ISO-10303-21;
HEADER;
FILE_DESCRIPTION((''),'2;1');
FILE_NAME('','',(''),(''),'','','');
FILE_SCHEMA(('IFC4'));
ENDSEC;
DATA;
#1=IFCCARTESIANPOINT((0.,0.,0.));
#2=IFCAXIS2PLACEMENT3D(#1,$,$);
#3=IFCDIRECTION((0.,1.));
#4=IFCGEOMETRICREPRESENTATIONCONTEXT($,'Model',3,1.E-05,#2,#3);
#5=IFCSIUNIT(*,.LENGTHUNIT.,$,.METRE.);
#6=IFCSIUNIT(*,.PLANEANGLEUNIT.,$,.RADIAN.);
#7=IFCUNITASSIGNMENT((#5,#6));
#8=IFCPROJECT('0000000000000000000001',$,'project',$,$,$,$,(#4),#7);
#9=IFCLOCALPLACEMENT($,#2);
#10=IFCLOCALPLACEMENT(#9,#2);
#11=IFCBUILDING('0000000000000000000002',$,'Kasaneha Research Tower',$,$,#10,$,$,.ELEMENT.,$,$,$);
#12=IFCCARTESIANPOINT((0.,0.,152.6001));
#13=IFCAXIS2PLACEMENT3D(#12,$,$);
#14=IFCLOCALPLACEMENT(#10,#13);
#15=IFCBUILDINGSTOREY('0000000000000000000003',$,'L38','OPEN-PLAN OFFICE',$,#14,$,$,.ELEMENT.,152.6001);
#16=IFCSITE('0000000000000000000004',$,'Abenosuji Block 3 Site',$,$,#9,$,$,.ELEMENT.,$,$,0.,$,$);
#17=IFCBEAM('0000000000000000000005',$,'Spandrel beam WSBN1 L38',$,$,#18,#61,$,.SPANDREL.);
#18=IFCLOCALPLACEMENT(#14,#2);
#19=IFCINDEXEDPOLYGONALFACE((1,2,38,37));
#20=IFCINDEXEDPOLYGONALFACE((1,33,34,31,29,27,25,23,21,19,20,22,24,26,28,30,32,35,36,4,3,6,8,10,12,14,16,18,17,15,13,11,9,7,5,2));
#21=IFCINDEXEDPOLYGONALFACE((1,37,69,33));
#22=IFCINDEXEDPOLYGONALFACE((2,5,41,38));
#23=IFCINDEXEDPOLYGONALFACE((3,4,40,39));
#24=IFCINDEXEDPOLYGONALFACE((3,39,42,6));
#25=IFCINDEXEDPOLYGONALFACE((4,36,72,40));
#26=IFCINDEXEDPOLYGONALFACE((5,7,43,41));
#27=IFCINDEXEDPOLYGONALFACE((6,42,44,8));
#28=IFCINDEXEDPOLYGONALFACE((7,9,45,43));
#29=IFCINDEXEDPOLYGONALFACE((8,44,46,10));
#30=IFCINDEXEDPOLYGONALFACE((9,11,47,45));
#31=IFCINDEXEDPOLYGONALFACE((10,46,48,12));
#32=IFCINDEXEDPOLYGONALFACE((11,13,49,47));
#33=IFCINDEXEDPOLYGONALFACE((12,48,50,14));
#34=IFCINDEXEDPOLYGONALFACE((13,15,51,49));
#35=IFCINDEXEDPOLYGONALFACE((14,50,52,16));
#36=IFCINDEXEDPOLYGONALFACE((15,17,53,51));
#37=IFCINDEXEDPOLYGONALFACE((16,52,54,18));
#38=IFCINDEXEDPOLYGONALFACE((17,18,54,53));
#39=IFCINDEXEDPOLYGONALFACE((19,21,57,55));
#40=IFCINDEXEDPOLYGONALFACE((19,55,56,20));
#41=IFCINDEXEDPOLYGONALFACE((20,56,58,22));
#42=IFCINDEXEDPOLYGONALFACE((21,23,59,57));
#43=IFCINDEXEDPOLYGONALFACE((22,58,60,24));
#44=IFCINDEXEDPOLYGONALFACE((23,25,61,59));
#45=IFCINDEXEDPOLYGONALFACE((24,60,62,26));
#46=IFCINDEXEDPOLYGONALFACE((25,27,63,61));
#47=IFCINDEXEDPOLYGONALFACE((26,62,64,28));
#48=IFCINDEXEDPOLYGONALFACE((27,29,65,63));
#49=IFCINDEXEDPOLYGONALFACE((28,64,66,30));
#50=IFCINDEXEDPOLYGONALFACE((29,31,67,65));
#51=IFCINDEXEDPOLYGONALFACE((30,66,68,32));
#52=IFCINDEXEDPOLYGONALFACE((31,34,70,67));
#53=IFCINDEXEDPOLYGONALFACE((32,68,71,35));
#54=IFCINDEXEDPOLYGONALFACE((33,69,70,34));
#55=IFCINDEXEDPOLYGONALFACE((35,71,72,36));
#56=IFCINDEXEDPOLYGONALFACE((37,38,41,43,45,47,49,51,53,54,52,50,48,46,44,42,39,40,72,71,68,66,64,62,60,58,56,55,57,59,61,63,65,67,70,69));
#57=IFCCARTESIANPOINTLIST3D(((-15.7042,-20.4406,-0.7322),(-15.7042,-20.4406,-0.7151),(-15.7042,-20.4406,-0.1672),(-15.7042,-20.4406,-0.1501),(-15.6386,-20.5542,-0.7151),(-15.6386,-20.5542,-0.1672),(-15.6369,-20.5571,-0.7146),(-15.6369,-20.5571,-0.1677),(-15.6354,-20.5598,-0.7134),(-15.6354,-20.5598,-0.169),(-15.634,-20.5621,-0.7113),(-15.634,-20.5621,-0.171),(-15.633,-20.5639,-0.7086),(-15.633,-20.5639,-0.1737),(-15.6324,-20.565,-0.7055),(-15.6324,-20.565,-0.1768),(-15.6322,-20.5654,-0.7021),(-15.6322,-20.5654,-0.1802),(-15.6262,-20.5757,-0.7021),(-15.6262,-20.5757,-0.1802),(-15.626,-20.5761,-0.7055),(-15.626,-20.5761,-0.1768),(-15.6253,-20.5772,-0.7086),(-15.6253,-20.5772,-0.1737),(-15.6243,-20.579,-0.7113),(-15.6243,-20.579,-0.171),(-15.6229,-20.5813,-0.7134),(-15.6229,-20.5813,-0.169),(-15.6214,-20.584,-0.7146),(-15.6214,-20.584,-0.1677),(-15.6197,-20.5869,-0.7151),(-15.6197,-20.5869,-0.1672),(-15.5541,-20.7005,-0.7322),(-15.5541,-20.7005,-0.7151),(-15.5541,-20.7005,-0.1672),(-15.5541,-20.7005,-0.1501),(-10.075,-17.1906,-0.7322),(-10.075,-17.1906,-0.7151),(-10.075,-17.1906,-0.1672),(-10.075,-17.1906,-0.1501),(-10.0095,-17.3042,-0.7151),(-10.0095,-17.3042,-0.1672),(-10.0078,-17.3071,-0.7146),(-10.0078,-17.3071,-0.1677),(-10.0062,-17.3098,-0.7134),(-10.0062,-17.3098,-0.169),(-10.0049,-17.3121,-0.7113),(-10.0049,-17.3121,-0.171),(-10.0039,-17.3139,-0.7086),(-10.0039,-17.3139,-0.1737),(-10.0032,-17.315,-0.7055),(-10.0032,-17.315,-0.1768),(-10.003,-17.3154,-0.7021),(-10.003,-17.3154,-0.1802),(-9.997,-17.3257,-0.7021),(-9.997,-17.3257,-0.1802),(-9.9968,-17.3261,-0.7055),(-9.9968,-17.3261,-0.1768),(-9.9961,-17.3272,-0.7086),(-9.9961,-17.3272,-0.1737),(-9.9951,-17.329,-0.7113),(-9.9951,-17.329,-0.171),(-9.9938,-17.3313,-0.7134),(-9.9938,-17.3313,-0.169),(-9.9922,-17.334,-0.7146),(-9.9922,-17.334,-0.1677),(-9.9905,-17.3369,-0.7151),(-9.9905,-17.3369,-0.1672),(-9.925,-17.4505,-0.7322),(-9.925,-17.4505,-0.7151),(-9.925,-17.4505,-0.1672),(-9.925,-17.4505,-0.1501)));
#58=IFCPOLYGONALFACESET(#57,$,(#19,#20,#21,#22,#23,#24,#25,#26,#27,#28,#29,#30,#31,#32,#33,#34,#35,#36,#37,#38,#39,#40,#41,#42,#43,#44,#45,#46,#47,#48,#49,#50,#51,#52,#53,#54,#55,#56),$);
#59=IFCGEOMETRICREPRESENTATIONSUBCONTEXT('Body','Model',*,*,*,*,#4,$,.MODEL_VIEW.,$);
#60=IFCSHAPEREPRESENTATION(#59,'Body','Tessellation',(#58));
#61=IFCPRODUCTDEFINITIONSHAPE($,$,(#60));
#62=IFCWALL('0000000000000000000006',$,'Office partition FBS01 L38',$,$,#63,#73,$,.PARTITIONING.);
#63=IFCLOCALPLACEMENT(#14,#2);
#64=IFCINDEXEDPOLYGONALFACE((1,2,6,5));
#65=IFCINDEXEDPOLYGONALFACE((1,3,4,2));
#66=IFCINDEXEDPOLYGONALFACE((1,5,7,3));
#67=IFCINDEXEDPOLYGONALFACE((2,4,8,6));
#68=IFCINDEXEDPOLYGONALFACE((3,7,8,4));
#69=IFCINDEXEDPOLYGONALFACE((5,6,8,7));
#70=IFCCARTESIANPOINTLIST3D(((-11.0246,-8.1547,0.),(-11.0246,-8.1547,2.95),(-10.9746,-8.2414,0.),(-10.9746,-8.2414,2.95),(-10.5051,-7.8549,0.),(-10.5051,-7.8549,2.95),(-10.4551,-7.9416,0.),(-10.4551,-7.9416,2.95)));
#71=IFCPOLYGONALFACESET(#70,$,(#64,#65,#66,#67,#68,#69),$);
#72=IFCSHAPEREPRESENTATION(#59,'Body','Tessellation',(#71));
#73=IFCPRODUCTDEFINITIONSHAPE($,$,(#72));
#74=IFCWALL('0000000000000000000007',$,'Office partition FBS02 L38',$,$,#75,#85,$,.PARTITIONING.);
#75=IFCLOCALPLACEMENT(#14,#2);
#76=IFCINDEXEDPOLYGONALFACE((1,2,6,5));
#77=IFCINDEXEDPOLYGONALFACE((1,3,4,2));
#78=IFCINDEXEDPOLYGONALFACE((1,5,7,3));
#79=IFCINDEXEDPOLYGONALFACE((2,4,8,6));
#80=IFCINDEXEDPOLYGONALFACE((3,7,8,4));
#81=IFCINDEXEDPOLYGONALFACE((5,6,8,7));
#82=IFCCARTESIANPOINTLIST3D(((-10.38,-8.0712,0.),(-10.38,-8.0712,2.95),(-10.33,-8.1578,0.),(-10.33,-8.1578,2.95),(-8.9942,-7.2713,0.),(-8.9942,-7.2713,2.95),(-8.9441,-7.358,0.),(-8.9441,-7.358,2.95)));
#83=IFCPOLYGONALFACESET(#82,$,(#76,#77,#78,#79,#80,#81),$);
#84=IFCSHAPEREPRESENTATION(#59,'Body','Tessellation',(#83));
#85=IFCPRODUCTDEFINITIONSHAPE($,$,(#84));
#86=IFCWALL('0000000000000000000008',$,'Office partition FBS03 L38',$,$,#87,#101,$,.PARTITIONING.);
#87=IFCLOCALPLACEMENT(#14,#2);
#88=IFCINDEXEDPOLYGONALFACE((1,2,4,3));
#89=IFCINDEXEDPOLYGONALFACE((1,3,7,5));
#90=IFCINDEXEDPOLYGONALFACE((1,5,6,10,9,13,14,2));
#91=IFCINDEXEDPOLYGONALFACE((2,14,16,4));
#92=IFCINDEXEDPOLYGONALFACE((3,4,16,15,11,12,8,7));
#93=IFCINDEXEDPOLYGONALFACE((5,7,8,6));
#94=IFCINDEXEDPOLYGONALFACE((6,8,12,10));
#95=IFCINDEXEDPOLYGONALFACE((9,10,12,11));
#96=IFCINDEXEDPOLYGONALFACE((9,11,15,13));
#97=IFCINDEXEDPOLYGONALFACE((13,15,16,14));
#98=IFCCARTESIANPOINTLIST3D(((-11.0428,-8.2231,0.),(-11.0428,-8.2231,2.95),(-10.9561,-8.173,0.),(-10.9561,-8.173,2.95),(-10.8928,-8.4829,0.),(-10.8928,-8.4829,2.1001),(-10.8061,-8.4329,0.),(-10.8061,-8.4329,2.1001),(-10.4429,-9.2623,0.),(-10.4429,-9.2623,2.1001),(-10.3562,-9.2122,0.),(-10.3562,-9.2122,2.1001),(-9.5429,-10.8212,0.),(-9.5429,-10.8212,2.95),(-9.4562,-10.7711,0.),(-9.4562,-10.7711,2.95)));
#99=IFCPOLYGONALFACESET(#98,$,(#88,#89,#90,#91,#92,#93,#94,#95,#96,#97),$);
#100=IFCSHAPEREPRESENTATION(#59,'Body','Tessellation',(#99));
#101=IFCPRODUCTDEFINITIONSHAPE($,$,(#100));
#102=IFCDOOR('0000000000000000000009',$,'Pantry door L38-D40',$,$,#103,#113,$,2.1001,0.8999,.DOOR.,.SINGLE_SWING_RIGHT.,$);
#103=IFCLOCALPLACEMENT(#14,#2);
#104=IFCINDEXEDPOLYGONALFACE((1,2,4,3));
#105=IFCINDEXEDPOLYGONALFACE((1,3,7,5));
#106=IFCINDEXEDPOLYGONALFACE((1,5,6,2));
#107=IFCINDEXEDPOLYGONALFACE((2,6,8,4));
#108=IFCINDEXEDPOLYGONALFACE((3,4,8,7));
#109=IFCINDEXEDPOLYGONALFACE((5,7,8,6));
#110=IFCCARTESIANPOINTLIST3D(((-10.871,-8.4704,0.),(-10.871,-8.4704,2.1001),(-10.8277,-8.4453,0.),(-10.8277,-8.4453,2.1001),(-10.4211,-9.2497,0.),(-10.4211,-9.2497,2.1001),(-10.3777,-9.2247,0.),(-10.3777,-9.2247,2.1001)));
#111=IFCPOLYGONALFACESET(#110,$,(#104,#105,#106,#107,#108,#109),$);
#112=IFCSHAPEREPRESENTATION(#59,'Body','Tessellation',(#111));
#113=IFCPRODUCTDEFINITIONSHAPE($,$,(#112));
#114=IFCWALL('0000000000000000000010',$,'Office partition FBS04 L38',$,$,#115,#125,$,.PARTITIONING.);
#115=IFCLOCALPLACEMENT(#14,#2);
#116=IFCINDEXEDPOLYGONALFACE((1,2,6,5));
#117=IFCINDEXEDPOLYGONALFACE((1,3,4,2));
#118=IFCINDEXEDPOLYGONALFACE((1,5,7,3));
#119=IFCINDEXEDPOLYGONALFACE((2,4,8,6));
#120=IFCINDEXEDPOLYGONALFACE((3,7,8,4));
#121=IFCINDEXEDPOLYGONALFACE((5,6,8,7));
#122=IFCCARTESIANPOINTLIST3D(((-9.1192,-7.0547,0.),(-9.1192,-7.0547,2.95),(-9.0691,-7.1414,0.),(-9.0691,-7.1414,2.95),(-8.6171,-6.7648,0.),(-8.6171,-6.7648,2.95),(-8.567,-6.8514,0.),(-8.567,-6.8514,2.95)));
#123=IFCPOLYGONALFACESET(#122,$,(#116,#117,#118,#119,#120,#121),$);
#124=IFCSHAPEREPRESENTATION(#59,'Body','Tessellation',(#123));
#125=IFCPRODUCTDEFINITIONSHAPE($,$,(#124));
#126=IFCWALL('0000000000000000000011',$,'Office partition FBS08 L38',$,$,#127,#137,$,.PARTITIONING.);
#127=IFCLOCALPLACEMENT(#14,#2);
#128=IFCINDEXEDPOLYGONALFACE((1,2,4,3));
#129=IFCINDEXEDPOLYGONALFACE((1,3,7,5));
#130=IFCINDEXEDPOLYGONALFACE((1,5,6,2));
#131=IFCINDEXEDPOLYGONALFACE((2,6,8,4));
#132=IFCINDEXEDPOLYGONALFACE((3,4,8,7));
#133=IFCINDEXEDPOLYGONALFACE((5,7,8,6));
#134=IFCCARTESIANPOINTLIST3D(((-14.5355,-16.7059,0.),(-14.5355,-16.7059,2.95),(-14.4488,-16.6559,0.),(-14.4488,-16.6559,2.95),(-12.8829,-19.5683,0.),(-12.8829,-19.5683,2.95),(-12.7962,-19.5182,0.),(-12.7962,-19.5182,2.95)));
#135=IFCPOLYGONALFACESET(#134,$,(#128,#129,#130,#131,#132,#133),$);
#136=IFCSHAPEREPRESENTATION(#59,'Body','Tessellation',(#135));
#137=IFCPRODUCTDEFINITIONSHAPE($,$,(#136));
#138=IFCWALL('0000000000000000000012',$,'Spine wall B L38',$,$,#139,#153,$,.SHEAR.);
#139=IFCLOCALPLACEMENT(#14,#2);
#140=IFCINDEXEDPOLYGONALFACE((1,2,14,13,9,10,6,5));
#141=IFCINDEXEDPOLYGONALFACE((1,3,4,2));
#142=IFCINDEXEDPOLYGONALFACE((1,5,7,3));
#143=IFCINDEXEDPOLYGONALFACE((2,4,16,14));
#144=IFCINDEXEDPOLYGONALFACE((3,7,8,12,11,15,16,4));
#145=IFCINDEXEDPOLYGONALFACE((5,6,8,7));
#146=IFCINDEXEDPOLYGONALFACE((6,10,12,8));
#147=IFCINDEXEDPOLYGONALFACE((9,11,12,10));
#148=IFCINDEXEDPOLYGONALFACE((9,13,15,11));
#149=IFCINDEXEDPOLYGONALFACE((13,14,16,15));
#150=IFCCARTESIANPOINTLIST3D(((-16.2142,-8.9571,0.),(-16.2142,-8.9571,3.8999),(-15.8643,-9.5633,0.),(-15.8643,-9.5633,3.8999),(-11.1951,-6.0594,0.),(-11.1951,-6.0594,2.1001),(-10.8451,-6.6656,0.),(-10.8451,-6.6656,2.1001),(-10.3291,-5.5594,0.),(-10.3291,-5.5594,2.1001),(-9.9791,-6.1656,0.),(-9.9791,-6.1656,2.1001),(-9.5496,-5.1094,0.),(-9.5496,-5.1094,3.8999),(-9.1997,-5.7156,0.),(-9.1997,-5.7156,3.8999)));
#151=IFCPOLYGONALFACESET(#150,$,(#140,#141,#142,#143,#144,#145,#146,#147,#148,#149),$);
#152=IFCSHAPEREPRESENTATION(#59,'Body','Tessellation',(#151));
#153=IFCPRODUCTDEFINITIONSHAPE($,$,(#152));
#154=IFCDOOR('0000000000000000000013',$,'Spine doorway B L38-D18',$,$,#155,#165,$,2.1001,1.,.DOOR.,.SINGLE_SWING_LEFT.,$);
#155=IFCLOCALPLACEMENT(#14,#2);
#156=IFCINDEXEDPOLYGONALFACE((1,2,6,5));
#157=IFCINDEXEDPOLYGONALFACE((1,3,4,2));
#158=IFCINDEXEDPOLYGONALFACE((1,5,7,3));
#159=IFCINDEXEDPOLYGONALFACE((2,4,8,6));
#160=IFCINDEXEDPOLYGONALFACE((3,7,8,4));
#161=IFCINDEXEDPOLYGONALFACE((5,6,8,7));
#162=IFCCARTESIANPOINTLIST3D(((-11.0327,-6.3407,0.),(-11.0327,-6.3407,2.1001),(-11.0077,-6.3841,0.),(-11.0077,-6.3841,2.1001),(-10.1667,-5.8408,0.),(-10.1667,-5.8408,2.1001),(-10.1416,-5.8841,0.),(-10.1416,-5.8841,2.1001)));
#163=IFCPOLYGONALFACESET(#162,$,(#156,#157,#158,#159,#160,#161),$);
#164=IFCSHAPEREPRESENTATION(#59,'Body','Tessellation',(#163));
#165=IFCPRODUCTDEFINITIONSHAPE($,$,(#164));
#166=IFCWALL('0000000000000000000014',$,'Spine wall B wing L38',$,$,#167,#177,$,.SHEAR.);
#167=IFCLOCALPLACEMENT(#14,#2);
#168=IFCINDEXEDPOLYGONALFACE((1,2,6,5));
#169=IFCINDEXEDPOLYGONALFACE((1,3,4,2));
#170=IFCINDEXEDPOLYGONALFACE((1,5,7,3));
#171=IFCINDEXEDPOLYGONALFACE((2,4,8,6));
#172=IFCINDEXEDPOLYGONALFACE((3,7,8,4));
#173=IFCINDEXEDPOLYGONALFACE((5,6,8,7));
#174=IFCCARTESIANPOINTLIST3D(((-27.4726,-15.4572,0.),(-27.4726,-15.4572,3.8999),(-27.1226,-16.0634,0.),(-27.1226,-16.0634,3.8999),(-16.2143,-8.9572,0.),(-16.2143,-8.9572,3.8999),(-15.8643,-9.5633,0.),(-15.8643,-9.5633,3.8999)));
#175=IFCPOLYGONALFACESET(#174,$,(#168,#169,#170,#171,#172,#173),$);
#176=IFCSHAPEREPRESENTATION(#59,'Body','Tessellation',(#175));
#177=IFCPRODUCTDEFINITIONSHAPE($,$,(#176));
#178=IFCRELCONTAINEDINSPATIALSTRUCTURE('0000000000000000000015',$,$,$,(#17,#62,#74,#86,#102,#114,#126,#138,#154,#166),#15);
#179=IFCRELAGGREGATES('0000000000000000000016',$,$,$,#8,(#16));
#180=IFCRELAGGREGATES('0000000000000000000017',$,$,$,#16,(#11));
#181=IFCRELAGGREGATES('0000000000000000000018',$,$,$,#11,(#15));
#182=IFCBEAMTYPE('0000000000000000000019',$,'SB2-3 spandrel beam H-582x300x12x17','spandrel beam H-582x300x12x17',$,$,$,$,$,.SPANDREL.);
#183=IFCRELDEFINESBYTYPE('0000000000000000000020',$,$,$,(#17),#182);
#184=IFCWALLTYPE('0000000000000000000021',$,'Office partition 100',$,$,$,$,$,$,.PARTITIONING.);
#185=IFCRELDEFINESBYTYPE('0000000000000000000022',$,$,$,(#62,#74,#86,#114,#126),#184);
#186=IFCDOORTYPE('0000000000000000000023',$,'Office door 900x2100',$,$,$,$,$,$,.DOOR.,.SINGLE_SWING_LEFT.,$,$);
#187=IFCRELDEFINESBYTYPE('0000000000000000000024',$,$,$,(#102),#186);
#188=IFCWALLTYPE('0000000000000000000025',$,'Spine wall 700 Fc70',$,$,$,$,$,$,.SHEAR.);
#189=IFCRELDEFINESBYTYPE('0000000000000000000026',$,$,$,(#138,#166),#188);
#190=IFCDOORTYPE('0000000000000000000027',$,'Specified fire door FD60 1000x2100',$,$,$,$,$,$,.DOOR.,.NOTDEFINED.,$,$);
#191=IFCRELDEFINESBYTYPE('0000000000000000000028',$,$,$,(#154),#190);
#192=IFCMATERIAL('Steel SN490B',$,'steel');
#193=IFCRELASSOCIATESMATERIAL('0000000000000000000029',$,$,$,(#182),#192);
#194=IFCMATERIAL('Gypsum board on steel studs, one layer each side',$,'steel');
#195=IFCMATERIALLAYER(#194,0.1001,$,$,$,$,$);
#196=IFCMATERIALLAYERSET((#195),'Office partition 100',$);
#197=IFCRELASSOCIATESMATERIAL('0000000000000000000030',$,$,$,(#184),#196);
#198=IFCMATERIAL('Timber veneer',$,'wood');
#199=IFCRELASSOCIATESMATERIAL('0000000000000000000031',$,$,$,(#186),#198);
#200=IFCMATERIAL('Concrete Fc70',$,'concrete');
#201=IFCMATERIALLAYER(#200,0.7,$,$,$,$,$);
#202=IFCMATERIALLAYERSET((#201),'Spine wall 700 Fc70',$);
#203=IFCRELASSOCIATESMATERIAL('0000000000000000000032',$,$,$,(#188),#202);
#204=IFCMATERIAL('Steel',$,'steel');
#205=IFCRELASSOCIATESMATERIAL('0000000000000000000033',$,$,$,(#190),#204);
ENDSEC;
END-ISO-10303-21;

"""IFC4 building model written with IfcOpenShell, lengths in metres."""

from ifc_helpers import new_model, si_unit, direction, frame, frame_2d, origin, origin_2d, place, context, subcontext, project, spatial, rectangle, i_section, extrude, material, layer, layer_set, material_profile, profile_set, type_object, element, fill, save


model = new_model("IFC4")

# Units and contexts
model_context = context("Model", 3, precision=1e-05, world=origin(), true_north=direction((0.0, 1.0)))
body_context = subcontext(model_context, "Body", "Model", "MODEL_VIEW")
ifc_project = project(units=[si_unit("LENGTHUNIT", "METRE"), si_unit("PLANEANGLEUNIT", "RADIAN")], contexts=[model_context])

# Site, building, storey
site_placement = place(None, origin())
site = spatial("IfcSite", under=ifc_project, at=site_placement, Name="Abenosuji Block 3 Site", CompositionType="ELEMENT", RefElevation=0.0)
building_placement = place(site_placement, origin())
building = spatial("IfcBuilding", under=site, at=building_placement, Name="Kasaneha Research Tower", CompositionType="ELEMENT")
storey_placement = place(building_placement, frame((0.0, 0.0, 152.6001)))
storey = spatial("IfcBuildingStorey", under=building, at=storey_placement, Name="L38", Description="OPEN-PLAN OFFICE", CompositionType="ELEMENT", Elevation=152.6001)

# Beam
ifc_material_1 = material(Name="Steel SN490B", Category="steel")
ifc_material_profile_1 = material_profile(ifc_material_1, i_section(OverallWidth=0.3, OverallDepth=0.582, WebThickness=0.012, FlangeThickness=0.0171, FilletRadius=0.0129, at=origin_2d()), Name="H-582x300x12x17")
ifc_profile_set_1 = profile_set([ifc_material_profile_1], Name="Steel SN490B")
beam_type_1 = type_object("IfcBeamType", Name="SB2-3 spandrel beam H-582x300x12x17", Description="spandrel beam H-582x300x12x17", PredefinedType="SPANDREL", material=ifc_profile_set_1)
beam_1_placement = place(storey_placement, frame((-10.0, -17.3206, -0.4412), z_axis=(-0.866025, -0.500001, 0.0), x_axis=(0.500001, -0.866025, 0.0)))
element("IfcBeam", 1, at=beam_1_placement, inside=storey, type_object=beam_type_1, Name="Spandrel beam WSBN1 L38", PredefinedType="SPANDREL", context=body_context, shape_type="SweptSolid", body=[
    extrude(i_section(OverallWidth=0.3, OverallDepth=0.582, WebThickness=0.012, FlangeThickness=0.0171, FilletRadius=0.0129, at=origin_2d()), origin(), (0.0, 0.0, 1.0), 6.5),
])

# Walls
ifc_material_2 = material(Name="Gypsum board on steel studs, one layer each side", Category="steel")
ifc_layer_1 = layer(ifc_material_2, 0.1001)
ifc_layer_set_1 = layer_set([ifc_layer_1], Name="Office partition 100")
wall_type_1 = type_object("IfcWallType", Name="Office partition 100", PredefinedType="PARTITIONING", material=ifc_layer_set_1)
wall_1_placement = place(storey_placement, frame((-10.9995, -8.198, 0.0), z_axis=(0.0, 0.0, 1.0), x_axis=(0.866131, 0.499816, 0.0)))
element("IfcWall", 2, at=wall_1_placement, inside=storey, type_object=wall_type_1, Name="Office partition FBS01 L38", PredefinedType="PARTITIONING", context=body_context, shape_type="SweptSolid", body=[
    extrude(rectangle(XDim=0.5999, YDim=0.1001, at=frame_2d((0.2998, 0.0))), origin(), (0.0, 0.0, 1.0), 2.95),
])
wall_2_placement = place(storey_placement, frame((-10.355, -8.1145, 0.0), z_axis=(0.0, 0.0, 1.0), x_axis=(0.866094, 0.499881, 0.0)))
element("IfcWall", 3, at=wall_2_placement, inside=storey, type_object=wall_type_1, Name="Office partition FBS02 L38", PredefinedType="PARTITIONING", context=body_context, shape_type="SweptSolid", body=[
    extrude(rectangle(XDim=1.6001, YDim=0.1001, at=frame_2d((0.8, 0.0))), origin(), (0.0, 0.0, 1.0), 2.95),
])

# Wall, opening, door
wall_3_placement = place(storey_placement, frame((-9.4995, -10.7961, 0.0), z_axis=(0.0, 0.0, 1.0), x_axis=(-0.49999, 0.866031, 0.0)))
wall_3 = element("IfcWall", 4, at=wall_3_placement, inside=storey, type_object=wall_type_1, Name="Office partition FBS03 L38", PredefinedType="PARTITIONING", context=body_context, shape_type="SweptSolid", body=[
    extrude(rectangle(XDim=3.0, YDim=0.1001, at=frame_2d((1.5, 0.0))), origin(), (0.0, 0.0, 1.0), 2.95),
])
opening_1_placement = place(wall_3_placement, frame((1.8, 0.0, 0.0)))
opening_1 = element("IfcOpeningElement", 5, at=opening_1_placement, cuts=wall_3, PredefinedType="OPENING", context=body_context, shape_type="SweptSolid", body=[
    extrude(rectangle(XDim=0.8999, YDim=2.1001, at=frame_2d((0.45, 1.05))), frame((0.0, 0.0601, 0.0), z_axis=(0.0, -1.0, 0.0), x_axis=(1.0, 0.0, 0.0)), (0.0, 0.0, 1.0), 0.1201),
])
ifc_material_3 = material(Name="Timber veneer", Category="wood")
door_type_1 = type_object("IfcDoorType", Name="Office door 900x2100", OperationType="SINGLE_SWING_LEFT", PredefinedType="DOOR", material=ifc_material_3)
door_1_placement = place(opening_1_placement, origin())
door_1 = element("IfcDoor", 6, at=door_1_placement, inside=storey, type_object=door_type_1, Name="Pantry door L38-D40", OperationType="SINGLE_SWING_RIGHT", OverallHeight=2.1001, OverallWidth=0.8999, PredefinedType="DOOR", context=body_context, shape_type="SweptSolid", body=[
    extrude(rectangle(XDim=0.8999, YDim=2.1001, at=frame_2d((0.45, 1.05))), frame((0.0, 0.0249, 0.0), z_axis=(0.0, -1.0, 0.0), x_axis=(1.0, 0.0, 0.0)), (0.0, 0.0, 1.0), 0.05),
])
fill(opening_1, door_1)

# Walls
wall_4_placement = place(storey_placement, frame((-9.0942, -7.0981, 0.0), z_axis=(0.0, 0.0, 1.0), x_axis=(0.865954, 0.500123, 0.0)))
element("IfcWall", 7, at=wall_4_placement, inside=storey, type_object=wall_type_1, Name="Office partition FBS04 L38", PredefinedType="PARTITIONING", context=body_context, shape_type="SweptSolid", body=[
    extrude(rectangle(XDim=0.5798, YDim=0.1001, at=frame_2d((0.29, 0.0))), origin(), (0.0, 0.0, 1.0), 2.95),
])
wall_5_placement = place(storey_placement, frame((-14.4922, -16.6809, 0.0), z_axis=(0.0, 0.0, 1.0), x_axis=(0.500008, -0.866021, 0.0)))
element("IfcWall", 8, at=wall_5_placement, inside=storey, type_object=wall_type_1, Name="Office partition FBS08 L38", PredefinedType="PARTITIONING", context=body_context, shape_type="SweptSolid", body=[
    extrude(rectangle(XDim=3.3052, YDim=0.1001, at=frame_2d((1.6526, 0.0))), origin(), (0.0, 0.0, 1.0), 2.95),
])

# Wall, opening, door
ifc_material_4 = material(Name="Concrete Fc70", Category="concrete")
ifc_layer_2 = layer(ifc_material_4, 0.7)
ifc_layer_set_2 = layer_set([ifc_layer_2], Name="Spine wall 700 Fc70")
wall_type_2 = type_object("IfcWallType", Name="Spine wall 700 Fc70", PredefinedType="SHEAR", material=ifc_layer_set_2)
wall_6_placement = place(storey_placement, frame((-9.3748, -5.4126, 0.0), z_axis=(0.0, 0.0, 1.0), x_axis=(-0.866032, -0.499988, 0.0)))
wall_6 = element("IfcWall", 9, at=wall_6_placement, inside=storey, type_object=wall_type_2, Name="Spine wall B L38", PredefinedType="SHEAR", context=body_context, shape_type="SweptSolid", body=[
    extrude(rectangle(XDim=7.6956, YDim=0.7, at=frame_2d((3.8477, 0.0))), origin(), (0.0, 0.0, 1.0), 3.8999),
])
opening_2_placement = place(wall_6_placement, frame((0.8999, 0.0, 0.0)))
opening_2 = element("IfcOpeningElement", 10, at=opening_2_placement, cuts=wall_6, PredefinedType="OPENING", context=body_context, shape_type="SweptSolid", body=[
    extrude(rectangle(XDim=1.0, YDim=2.1001, at=frame_2d((0.5, 1.05))), frame((0.0, 0.3599, 0.0), z_axis=(0.0, -1.0, 0.0), x_axis=(1.0, 0.0, 0.0)), (0.0, 0.0, 1.0), 0.72),
])
ifc_material_5 = material(Name="Steel", Category="steel")
door_type_2 = type_object("IfcDoorType", Name="Specified fire door FD60 1000x2100", OperationType="NOTDEFINED", PredefinedType="DOOR", material=ifc_material_5)
door_2_placement = place(opening_2_placement, origin())
door_2 = element("IfcDoor", 11, at=door_2_placement, inside=storey, type_object=door_type_2, Name="Spine doorway B L38-D18", OperationType="SINGLE_SWING_LEFT", OverallHeight=2.1001, OverallWidth=1.0, PredefinedType="DOOR", context=body_context, shape_type="SweptSolid", body=[
    extrude(rectangle(XDim=1.0, YDim=2.1001, at=frame_2d((0.5, 1.05))), frame((0.0, 0.0249, 0.0), z_axis=(0.0, -1.0, 0.0), x_axis=(1.0, 0.0, 0.0)), (0.0, 0.0, 1.0), 0.05),
])
fill(opening_2, door_2)

# Wall
wall_7_placement = place(storey_placement, frame((-16.0393, -9.2603, 0.0), z_axis=(0.0, 0.0, 1.0), x_axis=(-0.866025, -0.500001, 0.0)))
element("IfcWall", 12, at=wall_7_placement, inside=storey, type_object=wall_type_2, Name="Spine wall B wing L38", PredefinedType="SHEAR", context=body_context, shape_type="SweptSolid", body=[
    extrude(rectangle(XDim=13.0, YDim=0.7, at=frame_2d((6.5, 0.0))), origin(), (0.0, 0.0, 1.0), 3.8999),
])

save(model, "model.ifc")
